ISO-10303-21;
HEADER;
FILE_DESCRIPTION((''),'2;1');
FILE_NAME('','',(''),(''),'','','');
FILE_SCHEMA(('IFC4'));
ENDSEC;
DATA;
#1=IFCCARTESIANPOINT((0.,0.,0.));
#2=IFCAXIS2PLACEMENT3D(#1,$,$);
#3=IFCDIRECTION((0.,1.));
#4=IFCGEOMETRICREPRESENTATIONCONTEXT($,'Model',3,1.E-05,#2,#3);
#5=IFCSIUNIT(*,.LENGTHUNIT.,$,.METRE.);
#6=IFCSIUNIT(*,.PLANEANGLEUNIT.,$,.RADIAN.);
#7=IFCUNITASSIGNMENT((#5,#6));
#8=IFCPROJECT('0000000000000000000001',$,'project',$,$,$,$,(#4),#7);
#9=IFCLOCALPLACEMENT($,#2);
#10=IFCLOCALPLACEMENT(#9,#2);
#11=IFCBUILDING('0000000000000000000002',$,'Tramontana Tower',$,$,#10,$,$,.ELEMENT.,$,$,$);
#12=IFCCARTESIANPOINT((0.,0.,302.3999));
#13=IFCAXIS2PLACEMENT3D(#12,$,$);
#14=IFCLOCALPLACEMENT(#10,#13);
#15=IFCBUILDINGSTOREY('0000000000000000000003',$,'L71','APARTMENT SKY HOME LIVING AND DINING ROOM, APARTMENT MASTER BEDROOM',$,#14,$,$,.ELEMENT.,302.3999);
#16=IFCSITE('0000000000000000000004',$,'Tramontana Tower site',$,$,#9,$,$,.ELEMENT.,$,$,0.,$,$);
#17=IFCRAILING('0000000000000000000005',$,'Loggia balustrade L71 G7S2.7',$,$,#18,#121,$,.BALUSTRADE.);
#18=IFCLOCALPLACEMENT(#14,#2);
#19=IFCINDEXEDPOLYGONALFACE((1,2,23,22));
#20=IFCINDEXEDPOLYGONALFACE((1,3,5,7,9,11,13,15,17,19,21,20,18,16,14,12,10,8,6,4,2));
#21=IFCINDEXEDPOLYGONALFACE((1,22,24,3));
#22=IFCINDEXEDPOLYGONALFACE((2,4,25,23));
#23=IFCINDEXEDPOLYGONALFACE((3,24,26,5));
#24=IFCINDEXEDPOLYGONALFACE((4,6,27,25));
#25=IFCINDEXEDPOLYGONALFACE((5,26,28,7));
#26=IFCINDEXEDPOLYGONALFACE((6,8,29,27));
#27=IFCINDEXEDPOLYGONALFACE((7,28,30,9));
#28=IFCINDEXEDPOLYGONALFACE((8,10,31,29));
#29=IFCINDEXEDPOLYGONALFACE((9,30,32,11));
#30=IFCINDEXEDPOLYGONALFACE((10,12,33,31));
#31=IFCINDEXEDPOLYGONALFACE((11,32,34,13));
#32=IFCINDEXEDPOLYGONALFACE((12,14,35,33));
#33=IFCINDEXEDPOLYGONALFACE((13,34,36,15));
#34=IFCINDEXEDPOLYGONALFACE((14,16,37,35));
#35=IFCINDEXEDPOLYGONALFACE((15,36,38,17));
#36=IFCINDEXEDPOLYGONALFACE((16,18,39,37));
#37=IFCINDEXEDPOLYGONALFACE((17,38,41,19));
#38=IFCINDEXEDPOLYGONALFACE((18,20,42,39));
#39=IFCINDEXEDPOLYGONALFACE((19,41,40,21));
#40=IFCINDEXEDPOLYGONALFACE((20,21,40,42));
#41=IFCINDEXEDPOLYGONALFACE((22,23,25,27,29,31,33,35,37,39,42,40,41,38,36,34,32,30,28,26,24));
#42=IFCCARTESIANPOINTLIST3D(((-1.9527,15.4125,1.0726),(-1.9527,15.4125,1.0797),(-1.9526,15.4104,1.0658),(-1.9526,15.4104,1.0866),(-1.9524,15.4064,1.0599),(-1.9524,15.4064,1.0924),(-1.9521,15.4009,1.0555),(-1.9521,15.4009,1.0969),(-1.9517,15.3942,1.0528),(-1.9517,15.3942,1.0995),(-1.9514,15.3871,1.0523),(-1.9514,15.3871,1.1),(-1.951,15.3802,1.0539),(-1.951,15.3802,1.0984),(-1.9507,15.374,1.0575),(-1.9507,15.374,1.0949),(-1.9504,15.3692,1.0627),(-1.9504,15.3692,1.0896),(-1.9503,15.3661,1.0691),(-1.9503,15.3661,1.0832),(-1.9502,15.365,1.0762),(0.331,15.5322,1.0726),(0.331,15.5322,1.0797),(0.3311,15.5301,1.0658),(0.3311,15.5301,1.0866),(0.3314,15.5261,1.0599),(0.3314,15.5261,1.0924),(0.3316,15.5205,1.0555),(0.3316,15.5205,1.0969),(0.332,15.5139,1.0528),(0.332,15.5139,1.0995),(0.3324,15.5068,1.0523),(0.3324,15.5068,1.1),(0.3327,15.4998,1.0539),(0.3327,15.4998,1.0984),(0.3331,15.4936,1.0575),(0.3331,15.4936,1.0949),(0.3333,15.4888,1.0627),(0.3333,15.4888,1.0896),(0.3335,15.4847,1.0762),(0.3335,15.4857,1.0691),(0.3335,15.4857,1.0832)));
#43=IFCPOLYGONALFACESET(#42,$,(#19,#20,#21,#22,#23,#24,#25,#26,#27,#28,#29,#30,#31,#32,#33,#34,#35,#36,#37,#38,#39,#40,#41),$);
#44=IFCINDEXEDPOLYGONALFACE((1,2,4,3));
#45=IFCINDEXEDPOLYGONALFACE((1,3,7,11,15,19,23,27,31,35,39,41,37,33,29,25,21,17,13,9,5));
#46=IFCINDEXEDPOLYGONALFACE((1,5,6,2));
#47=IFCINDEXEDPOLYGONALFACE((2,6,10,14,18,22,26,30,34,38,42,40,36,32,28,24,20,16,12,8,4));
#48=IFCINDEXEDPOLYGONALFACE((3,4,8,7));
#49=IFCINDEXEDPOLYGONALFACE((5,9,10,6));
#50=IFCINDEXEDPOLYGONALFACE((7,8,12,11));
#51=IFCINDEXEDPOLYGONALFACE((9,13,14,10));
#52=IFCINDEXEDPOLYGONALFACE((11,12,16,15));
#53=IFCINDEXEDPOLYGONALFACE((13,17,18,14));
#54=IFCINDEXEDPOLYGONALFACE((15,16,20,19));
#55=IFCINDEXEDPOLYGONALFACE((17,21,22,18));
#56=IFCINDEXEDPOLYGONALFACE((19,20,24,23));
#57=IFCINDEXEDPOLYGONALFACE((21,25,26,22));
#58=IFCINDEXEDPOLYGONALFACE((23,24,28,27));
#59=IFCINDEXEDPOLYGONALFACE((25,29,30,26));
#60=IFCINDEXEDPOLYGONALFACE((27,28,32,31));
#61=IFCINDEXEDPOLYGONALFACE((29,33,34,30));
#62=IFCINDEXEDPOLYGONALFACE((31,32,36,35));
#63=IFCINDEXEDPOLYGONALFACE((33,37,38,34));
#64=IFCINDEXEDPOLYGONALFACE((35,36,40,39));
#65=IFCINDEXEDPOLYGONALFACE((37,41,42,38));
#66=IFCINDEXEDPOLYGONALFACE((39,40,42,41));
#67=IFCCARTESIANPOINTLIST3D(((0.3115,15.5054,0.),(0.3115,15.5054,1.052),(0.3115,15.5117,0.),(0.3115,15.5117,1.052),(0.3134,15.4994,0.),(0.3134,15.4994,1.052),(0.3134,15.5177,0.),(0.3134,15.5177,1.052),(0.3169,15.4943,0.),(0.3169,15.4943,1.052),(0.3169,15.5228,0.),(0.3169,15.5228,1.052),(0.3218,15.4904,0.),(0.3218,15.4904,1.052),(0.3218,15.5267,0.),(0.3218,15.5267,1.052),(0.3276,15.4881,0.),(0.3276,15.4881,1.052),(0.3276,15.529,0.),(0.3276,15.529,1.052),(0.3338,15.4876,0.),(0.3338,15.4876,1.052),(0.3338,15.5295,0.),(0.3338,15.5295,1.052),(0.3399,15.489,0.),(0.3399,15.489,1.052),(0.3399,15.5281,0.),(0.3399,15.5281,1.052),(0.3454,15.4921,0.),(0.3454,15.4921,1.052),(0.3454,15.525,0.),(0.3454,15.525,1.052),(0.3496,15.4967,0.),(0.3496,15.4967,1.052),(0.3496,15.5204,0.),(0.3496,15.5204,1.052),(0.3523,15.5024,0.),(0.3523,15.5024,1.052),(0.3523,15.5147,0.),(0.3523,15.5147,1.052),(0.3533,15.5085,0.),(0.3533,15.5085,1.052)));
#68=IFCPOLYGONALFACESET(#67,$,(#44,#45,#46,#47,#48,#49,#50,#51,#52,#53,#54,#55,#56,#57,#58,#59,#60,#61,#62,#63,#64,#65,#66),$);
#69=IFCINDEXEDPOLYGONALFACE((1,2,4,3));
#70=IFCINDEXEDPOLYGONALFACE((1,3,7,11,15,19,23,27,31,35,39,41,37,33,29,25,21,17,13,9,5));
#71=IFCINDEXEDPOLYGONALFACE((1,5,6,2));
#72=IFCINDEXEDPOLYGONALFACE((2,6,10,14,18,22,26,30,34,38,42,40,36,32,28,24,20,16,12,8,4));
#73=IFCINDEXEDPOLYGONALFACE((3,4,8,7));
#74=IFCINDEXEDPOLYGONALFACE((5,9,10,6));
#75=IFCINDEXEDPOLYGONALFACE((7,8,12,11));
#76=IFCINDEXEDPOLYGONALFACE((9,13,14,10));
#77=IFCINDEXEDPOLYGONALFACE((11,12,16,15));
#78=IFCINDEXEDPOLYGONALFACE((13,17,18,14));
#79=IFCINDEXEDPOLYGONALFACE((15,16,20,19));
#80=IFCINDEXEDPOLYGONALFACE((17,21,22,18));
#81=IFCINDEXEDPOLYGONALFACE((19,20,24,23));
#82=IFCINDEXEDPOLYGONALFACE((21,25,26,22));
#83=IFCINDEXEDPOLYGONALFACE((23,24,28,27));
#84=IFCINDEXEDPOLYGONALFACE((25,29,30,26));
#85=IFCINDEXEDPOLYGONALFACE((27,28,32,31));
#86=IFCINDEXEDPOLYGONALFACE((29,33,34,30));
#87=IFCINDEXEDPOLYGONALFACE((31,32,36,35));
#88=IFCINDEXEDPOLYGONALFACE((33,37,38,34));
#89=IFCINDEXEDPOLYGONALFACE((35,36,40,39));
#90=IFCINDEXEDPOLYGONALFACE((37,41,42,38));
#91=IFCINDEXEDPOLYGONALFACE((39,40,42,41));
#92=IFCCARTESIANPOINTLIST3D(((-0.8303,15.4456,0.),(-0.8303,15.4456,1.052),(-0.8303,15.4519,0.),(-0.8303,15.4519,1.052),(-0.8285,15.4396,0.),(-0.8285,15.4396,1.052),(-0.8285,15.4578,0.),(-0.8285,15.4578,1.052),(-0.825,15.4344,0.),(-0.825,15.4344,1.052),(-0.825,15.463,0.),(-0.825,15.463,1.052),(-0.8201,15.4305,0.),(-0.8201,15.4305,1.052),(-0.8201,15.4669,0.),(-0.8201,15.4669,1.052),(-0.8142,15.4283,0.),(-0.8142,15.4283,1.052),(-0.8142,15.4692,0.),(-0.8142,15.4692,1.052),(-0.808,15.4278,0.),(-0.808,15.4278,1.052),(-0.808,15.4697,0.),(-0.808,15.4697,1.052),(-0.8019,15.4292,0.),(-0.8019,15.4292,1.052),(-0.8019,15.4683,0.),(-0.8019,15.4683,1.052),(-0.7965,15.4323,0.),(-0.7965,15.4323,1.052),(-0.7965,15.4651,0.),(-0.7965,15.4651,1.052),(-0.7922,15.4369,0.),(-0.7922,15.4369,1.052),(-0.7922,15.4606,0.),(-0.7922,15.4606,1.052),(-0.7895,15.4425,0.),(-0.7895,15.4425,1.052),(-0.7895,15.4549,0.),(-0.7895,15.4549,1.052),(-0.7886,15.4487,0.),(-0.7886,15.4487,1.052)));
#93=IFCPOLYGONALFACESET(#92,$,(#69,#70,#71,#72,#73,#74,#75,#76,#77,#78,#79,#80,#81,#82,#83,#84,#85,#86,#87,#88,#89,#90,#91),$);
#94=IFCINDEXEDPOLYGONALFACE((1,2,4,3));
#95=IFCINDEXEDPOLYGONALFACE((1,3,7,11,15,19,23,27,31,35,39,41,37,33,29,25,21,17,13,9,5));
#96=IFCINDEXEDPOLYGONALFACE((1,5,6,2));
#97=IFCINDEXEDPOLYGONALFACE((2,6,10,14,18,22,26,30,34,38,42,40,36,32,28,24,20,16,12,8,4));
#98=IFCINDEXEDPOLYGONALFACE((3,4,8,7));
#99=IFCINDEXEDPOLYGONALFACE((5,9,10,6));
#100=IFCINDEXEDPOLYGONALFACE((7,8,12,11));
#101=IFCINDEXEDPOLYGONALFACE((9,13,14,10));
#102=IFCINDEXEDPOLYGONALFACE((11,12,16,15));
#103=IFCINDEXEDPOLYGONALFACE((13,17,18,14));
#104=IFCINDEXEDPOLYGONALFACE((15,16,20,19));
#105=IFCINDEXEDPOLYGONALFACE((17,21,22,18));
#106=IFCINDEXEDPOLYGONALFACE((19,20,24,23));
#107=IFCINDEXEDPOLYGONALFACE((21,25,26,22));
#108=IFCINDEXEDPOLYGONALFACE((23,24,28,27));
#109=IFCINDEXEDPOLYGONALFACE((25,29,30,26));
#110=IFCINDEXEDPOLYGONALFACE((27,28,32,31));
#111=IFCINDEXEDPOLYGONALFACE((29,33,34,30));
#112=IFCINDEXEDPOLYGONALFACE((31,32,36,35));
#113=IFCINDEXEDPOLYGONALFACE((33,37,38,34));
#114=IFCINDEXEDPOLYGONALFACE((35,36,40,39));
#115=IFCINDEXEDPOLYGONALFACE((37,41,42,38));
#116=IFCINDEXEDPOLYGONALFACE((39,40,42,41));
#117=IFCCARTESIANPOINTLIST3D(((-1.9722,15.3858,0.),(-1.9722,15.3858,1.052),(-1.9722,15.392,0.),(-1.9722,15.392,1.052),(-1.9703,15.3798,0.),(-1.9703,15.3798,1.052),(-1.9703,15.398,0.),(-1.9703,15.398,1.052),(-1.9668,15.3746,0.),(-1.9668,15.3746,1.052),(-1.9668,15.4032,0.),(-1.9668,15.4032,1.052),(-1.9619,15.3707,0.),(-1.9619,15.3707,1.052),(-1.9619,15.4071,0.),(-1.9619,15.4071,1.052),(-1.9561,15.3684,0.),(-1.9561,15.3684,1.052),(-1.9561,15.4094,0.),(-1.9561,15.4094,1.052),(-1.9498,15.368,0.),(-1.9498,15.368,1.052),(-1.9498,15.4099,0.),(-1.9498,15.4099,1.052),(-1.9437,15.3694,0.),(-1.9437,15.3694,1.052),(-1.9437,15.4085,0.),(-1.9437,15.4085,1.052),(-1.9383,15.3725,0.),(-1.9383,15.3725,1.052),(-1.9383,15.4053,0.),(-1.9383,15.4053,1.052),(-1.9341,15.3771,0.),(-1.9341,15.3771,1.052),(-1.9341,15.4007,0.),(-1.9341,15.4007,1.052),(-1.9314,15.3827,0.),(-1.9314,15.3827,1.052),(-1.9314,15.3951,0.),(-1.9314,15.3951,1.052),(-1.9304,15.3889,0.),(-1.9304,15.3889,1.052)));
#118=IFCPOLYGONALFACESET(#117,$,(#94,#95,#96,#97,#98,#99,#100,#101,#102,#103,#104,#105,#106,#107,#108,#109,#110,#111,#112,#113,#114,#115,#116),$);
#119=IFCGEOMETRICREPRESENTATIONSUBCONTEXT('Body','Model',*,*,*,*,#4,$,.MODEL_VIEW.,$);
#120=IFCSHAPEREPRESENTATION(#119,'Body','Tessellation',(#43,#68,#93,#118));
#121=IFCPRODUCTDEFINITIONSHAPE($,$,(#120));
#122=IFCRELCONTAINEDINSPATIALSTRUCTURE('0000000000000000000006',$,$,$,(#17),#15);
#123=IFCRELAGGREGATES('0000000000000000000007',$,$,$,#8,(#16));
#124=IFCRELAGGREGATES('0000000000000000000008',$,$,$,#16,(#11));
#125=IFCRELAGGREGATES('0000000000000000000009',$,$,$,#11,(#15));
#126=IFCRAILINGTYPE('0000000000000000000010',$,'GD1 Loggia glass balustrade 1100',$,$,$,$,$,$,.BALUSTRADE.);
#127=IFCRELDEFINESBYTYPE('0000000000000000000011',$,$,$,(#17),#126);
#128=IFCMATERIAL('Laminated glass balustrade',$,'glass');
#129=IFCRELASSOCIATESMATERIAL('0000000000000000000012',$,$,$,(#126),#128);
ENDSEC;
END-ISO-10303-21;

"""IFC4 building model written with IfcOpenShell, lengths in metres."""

from ifc_helpers import new_model, si_unit, direction, frame, origin, origin_2d, place, context, subcontext, project, spatial, circle, extrude, material, type_object, element, save


model = new_model("IFC4")

# Units and contexts
model_context = context("Model", 3, precision=1e-05, world=origin(), true_north=direction((0.0, 1.0)))
body_context = subcontext(model_context, "Body", "Model", "MODEL_VIEW")
ifc_project = project(units=[si_unit("LENGTHUNIT", "METRE"), si_unit("PLANEANGLEUNIT", "RADIAN")], contexts=[model_context])

# Site, building, storey
site_placement = place(None, origin())
site = spatial("IfcSite", under=ifc_project, at=site_placement, Name="Tramontana Tower site", CompositionType="ELEMENT", RefElevation=0.0)
building_placement = place(site_placement, origin())
building = spatial("IfcBuilding", under=site, at=building_placement, Name="Tramontana Tower", CompositionType="ELEMENT")
storey_placement = place(building_placement, frame((0.0, 0.0, 302.3999)))
storey = spatial("IfcBuildingStorey", under=building, at=storey_placement, Name="L71", Description="APARTMENT SKY HOME LIVING AND DINING ROOM, APARTMENT MASTER BEDROOM", CompositionType="ELEMENT", Elevation=302.3999)

# Railing
ifc_material_1 = material(Name="Laminated glass balustrade", Category="glass")
railing_type = type_object("IfcRailingType", Name="GD1 Loggia glass balustrade 1100", PredefinedType="BALUSTRADE", material=ifc_material_1)
railing_placement = place(storey_placement, frame((0.3323, 15.5085, 0.0)))
element("IfcRailing", 1, at=railing_placement, inside=storey, type_object=railing_type, Name="Loggia balustrade L71 G7S2.7", PredefinedType="BALUSTRADE", context=body_context, shape_type="SweptSolid", body=[
    extrude(circle(Radius=0.0239, at=origin_2d()), frame((0.0, 0.0, 1.0762), z_axis=(-0.998631, -0.052312, 0.0), x_axis=(0.052312, -0.998631, 0.0)), (0.0, 0.0, 1.0), 2.2869),
    extrude(circle(Radius=0.021, at=origin_2d()), origin(), (0.0, 0.0, 1.0), 1.052),
    extrude(circle(Radius=0.021, at=origin_2d()), frame((-1.1418, -0.0598, 0.0)), (0.0, 0.0, 1.0), 1.052),
    extrude(circle(Radius=0.021, at=origin_2d()), frame((-2.2837, -0.1196, 0.0)), (0.0, 0.0, 1.0), 1.052),
])

save(model, "model.ifc")
